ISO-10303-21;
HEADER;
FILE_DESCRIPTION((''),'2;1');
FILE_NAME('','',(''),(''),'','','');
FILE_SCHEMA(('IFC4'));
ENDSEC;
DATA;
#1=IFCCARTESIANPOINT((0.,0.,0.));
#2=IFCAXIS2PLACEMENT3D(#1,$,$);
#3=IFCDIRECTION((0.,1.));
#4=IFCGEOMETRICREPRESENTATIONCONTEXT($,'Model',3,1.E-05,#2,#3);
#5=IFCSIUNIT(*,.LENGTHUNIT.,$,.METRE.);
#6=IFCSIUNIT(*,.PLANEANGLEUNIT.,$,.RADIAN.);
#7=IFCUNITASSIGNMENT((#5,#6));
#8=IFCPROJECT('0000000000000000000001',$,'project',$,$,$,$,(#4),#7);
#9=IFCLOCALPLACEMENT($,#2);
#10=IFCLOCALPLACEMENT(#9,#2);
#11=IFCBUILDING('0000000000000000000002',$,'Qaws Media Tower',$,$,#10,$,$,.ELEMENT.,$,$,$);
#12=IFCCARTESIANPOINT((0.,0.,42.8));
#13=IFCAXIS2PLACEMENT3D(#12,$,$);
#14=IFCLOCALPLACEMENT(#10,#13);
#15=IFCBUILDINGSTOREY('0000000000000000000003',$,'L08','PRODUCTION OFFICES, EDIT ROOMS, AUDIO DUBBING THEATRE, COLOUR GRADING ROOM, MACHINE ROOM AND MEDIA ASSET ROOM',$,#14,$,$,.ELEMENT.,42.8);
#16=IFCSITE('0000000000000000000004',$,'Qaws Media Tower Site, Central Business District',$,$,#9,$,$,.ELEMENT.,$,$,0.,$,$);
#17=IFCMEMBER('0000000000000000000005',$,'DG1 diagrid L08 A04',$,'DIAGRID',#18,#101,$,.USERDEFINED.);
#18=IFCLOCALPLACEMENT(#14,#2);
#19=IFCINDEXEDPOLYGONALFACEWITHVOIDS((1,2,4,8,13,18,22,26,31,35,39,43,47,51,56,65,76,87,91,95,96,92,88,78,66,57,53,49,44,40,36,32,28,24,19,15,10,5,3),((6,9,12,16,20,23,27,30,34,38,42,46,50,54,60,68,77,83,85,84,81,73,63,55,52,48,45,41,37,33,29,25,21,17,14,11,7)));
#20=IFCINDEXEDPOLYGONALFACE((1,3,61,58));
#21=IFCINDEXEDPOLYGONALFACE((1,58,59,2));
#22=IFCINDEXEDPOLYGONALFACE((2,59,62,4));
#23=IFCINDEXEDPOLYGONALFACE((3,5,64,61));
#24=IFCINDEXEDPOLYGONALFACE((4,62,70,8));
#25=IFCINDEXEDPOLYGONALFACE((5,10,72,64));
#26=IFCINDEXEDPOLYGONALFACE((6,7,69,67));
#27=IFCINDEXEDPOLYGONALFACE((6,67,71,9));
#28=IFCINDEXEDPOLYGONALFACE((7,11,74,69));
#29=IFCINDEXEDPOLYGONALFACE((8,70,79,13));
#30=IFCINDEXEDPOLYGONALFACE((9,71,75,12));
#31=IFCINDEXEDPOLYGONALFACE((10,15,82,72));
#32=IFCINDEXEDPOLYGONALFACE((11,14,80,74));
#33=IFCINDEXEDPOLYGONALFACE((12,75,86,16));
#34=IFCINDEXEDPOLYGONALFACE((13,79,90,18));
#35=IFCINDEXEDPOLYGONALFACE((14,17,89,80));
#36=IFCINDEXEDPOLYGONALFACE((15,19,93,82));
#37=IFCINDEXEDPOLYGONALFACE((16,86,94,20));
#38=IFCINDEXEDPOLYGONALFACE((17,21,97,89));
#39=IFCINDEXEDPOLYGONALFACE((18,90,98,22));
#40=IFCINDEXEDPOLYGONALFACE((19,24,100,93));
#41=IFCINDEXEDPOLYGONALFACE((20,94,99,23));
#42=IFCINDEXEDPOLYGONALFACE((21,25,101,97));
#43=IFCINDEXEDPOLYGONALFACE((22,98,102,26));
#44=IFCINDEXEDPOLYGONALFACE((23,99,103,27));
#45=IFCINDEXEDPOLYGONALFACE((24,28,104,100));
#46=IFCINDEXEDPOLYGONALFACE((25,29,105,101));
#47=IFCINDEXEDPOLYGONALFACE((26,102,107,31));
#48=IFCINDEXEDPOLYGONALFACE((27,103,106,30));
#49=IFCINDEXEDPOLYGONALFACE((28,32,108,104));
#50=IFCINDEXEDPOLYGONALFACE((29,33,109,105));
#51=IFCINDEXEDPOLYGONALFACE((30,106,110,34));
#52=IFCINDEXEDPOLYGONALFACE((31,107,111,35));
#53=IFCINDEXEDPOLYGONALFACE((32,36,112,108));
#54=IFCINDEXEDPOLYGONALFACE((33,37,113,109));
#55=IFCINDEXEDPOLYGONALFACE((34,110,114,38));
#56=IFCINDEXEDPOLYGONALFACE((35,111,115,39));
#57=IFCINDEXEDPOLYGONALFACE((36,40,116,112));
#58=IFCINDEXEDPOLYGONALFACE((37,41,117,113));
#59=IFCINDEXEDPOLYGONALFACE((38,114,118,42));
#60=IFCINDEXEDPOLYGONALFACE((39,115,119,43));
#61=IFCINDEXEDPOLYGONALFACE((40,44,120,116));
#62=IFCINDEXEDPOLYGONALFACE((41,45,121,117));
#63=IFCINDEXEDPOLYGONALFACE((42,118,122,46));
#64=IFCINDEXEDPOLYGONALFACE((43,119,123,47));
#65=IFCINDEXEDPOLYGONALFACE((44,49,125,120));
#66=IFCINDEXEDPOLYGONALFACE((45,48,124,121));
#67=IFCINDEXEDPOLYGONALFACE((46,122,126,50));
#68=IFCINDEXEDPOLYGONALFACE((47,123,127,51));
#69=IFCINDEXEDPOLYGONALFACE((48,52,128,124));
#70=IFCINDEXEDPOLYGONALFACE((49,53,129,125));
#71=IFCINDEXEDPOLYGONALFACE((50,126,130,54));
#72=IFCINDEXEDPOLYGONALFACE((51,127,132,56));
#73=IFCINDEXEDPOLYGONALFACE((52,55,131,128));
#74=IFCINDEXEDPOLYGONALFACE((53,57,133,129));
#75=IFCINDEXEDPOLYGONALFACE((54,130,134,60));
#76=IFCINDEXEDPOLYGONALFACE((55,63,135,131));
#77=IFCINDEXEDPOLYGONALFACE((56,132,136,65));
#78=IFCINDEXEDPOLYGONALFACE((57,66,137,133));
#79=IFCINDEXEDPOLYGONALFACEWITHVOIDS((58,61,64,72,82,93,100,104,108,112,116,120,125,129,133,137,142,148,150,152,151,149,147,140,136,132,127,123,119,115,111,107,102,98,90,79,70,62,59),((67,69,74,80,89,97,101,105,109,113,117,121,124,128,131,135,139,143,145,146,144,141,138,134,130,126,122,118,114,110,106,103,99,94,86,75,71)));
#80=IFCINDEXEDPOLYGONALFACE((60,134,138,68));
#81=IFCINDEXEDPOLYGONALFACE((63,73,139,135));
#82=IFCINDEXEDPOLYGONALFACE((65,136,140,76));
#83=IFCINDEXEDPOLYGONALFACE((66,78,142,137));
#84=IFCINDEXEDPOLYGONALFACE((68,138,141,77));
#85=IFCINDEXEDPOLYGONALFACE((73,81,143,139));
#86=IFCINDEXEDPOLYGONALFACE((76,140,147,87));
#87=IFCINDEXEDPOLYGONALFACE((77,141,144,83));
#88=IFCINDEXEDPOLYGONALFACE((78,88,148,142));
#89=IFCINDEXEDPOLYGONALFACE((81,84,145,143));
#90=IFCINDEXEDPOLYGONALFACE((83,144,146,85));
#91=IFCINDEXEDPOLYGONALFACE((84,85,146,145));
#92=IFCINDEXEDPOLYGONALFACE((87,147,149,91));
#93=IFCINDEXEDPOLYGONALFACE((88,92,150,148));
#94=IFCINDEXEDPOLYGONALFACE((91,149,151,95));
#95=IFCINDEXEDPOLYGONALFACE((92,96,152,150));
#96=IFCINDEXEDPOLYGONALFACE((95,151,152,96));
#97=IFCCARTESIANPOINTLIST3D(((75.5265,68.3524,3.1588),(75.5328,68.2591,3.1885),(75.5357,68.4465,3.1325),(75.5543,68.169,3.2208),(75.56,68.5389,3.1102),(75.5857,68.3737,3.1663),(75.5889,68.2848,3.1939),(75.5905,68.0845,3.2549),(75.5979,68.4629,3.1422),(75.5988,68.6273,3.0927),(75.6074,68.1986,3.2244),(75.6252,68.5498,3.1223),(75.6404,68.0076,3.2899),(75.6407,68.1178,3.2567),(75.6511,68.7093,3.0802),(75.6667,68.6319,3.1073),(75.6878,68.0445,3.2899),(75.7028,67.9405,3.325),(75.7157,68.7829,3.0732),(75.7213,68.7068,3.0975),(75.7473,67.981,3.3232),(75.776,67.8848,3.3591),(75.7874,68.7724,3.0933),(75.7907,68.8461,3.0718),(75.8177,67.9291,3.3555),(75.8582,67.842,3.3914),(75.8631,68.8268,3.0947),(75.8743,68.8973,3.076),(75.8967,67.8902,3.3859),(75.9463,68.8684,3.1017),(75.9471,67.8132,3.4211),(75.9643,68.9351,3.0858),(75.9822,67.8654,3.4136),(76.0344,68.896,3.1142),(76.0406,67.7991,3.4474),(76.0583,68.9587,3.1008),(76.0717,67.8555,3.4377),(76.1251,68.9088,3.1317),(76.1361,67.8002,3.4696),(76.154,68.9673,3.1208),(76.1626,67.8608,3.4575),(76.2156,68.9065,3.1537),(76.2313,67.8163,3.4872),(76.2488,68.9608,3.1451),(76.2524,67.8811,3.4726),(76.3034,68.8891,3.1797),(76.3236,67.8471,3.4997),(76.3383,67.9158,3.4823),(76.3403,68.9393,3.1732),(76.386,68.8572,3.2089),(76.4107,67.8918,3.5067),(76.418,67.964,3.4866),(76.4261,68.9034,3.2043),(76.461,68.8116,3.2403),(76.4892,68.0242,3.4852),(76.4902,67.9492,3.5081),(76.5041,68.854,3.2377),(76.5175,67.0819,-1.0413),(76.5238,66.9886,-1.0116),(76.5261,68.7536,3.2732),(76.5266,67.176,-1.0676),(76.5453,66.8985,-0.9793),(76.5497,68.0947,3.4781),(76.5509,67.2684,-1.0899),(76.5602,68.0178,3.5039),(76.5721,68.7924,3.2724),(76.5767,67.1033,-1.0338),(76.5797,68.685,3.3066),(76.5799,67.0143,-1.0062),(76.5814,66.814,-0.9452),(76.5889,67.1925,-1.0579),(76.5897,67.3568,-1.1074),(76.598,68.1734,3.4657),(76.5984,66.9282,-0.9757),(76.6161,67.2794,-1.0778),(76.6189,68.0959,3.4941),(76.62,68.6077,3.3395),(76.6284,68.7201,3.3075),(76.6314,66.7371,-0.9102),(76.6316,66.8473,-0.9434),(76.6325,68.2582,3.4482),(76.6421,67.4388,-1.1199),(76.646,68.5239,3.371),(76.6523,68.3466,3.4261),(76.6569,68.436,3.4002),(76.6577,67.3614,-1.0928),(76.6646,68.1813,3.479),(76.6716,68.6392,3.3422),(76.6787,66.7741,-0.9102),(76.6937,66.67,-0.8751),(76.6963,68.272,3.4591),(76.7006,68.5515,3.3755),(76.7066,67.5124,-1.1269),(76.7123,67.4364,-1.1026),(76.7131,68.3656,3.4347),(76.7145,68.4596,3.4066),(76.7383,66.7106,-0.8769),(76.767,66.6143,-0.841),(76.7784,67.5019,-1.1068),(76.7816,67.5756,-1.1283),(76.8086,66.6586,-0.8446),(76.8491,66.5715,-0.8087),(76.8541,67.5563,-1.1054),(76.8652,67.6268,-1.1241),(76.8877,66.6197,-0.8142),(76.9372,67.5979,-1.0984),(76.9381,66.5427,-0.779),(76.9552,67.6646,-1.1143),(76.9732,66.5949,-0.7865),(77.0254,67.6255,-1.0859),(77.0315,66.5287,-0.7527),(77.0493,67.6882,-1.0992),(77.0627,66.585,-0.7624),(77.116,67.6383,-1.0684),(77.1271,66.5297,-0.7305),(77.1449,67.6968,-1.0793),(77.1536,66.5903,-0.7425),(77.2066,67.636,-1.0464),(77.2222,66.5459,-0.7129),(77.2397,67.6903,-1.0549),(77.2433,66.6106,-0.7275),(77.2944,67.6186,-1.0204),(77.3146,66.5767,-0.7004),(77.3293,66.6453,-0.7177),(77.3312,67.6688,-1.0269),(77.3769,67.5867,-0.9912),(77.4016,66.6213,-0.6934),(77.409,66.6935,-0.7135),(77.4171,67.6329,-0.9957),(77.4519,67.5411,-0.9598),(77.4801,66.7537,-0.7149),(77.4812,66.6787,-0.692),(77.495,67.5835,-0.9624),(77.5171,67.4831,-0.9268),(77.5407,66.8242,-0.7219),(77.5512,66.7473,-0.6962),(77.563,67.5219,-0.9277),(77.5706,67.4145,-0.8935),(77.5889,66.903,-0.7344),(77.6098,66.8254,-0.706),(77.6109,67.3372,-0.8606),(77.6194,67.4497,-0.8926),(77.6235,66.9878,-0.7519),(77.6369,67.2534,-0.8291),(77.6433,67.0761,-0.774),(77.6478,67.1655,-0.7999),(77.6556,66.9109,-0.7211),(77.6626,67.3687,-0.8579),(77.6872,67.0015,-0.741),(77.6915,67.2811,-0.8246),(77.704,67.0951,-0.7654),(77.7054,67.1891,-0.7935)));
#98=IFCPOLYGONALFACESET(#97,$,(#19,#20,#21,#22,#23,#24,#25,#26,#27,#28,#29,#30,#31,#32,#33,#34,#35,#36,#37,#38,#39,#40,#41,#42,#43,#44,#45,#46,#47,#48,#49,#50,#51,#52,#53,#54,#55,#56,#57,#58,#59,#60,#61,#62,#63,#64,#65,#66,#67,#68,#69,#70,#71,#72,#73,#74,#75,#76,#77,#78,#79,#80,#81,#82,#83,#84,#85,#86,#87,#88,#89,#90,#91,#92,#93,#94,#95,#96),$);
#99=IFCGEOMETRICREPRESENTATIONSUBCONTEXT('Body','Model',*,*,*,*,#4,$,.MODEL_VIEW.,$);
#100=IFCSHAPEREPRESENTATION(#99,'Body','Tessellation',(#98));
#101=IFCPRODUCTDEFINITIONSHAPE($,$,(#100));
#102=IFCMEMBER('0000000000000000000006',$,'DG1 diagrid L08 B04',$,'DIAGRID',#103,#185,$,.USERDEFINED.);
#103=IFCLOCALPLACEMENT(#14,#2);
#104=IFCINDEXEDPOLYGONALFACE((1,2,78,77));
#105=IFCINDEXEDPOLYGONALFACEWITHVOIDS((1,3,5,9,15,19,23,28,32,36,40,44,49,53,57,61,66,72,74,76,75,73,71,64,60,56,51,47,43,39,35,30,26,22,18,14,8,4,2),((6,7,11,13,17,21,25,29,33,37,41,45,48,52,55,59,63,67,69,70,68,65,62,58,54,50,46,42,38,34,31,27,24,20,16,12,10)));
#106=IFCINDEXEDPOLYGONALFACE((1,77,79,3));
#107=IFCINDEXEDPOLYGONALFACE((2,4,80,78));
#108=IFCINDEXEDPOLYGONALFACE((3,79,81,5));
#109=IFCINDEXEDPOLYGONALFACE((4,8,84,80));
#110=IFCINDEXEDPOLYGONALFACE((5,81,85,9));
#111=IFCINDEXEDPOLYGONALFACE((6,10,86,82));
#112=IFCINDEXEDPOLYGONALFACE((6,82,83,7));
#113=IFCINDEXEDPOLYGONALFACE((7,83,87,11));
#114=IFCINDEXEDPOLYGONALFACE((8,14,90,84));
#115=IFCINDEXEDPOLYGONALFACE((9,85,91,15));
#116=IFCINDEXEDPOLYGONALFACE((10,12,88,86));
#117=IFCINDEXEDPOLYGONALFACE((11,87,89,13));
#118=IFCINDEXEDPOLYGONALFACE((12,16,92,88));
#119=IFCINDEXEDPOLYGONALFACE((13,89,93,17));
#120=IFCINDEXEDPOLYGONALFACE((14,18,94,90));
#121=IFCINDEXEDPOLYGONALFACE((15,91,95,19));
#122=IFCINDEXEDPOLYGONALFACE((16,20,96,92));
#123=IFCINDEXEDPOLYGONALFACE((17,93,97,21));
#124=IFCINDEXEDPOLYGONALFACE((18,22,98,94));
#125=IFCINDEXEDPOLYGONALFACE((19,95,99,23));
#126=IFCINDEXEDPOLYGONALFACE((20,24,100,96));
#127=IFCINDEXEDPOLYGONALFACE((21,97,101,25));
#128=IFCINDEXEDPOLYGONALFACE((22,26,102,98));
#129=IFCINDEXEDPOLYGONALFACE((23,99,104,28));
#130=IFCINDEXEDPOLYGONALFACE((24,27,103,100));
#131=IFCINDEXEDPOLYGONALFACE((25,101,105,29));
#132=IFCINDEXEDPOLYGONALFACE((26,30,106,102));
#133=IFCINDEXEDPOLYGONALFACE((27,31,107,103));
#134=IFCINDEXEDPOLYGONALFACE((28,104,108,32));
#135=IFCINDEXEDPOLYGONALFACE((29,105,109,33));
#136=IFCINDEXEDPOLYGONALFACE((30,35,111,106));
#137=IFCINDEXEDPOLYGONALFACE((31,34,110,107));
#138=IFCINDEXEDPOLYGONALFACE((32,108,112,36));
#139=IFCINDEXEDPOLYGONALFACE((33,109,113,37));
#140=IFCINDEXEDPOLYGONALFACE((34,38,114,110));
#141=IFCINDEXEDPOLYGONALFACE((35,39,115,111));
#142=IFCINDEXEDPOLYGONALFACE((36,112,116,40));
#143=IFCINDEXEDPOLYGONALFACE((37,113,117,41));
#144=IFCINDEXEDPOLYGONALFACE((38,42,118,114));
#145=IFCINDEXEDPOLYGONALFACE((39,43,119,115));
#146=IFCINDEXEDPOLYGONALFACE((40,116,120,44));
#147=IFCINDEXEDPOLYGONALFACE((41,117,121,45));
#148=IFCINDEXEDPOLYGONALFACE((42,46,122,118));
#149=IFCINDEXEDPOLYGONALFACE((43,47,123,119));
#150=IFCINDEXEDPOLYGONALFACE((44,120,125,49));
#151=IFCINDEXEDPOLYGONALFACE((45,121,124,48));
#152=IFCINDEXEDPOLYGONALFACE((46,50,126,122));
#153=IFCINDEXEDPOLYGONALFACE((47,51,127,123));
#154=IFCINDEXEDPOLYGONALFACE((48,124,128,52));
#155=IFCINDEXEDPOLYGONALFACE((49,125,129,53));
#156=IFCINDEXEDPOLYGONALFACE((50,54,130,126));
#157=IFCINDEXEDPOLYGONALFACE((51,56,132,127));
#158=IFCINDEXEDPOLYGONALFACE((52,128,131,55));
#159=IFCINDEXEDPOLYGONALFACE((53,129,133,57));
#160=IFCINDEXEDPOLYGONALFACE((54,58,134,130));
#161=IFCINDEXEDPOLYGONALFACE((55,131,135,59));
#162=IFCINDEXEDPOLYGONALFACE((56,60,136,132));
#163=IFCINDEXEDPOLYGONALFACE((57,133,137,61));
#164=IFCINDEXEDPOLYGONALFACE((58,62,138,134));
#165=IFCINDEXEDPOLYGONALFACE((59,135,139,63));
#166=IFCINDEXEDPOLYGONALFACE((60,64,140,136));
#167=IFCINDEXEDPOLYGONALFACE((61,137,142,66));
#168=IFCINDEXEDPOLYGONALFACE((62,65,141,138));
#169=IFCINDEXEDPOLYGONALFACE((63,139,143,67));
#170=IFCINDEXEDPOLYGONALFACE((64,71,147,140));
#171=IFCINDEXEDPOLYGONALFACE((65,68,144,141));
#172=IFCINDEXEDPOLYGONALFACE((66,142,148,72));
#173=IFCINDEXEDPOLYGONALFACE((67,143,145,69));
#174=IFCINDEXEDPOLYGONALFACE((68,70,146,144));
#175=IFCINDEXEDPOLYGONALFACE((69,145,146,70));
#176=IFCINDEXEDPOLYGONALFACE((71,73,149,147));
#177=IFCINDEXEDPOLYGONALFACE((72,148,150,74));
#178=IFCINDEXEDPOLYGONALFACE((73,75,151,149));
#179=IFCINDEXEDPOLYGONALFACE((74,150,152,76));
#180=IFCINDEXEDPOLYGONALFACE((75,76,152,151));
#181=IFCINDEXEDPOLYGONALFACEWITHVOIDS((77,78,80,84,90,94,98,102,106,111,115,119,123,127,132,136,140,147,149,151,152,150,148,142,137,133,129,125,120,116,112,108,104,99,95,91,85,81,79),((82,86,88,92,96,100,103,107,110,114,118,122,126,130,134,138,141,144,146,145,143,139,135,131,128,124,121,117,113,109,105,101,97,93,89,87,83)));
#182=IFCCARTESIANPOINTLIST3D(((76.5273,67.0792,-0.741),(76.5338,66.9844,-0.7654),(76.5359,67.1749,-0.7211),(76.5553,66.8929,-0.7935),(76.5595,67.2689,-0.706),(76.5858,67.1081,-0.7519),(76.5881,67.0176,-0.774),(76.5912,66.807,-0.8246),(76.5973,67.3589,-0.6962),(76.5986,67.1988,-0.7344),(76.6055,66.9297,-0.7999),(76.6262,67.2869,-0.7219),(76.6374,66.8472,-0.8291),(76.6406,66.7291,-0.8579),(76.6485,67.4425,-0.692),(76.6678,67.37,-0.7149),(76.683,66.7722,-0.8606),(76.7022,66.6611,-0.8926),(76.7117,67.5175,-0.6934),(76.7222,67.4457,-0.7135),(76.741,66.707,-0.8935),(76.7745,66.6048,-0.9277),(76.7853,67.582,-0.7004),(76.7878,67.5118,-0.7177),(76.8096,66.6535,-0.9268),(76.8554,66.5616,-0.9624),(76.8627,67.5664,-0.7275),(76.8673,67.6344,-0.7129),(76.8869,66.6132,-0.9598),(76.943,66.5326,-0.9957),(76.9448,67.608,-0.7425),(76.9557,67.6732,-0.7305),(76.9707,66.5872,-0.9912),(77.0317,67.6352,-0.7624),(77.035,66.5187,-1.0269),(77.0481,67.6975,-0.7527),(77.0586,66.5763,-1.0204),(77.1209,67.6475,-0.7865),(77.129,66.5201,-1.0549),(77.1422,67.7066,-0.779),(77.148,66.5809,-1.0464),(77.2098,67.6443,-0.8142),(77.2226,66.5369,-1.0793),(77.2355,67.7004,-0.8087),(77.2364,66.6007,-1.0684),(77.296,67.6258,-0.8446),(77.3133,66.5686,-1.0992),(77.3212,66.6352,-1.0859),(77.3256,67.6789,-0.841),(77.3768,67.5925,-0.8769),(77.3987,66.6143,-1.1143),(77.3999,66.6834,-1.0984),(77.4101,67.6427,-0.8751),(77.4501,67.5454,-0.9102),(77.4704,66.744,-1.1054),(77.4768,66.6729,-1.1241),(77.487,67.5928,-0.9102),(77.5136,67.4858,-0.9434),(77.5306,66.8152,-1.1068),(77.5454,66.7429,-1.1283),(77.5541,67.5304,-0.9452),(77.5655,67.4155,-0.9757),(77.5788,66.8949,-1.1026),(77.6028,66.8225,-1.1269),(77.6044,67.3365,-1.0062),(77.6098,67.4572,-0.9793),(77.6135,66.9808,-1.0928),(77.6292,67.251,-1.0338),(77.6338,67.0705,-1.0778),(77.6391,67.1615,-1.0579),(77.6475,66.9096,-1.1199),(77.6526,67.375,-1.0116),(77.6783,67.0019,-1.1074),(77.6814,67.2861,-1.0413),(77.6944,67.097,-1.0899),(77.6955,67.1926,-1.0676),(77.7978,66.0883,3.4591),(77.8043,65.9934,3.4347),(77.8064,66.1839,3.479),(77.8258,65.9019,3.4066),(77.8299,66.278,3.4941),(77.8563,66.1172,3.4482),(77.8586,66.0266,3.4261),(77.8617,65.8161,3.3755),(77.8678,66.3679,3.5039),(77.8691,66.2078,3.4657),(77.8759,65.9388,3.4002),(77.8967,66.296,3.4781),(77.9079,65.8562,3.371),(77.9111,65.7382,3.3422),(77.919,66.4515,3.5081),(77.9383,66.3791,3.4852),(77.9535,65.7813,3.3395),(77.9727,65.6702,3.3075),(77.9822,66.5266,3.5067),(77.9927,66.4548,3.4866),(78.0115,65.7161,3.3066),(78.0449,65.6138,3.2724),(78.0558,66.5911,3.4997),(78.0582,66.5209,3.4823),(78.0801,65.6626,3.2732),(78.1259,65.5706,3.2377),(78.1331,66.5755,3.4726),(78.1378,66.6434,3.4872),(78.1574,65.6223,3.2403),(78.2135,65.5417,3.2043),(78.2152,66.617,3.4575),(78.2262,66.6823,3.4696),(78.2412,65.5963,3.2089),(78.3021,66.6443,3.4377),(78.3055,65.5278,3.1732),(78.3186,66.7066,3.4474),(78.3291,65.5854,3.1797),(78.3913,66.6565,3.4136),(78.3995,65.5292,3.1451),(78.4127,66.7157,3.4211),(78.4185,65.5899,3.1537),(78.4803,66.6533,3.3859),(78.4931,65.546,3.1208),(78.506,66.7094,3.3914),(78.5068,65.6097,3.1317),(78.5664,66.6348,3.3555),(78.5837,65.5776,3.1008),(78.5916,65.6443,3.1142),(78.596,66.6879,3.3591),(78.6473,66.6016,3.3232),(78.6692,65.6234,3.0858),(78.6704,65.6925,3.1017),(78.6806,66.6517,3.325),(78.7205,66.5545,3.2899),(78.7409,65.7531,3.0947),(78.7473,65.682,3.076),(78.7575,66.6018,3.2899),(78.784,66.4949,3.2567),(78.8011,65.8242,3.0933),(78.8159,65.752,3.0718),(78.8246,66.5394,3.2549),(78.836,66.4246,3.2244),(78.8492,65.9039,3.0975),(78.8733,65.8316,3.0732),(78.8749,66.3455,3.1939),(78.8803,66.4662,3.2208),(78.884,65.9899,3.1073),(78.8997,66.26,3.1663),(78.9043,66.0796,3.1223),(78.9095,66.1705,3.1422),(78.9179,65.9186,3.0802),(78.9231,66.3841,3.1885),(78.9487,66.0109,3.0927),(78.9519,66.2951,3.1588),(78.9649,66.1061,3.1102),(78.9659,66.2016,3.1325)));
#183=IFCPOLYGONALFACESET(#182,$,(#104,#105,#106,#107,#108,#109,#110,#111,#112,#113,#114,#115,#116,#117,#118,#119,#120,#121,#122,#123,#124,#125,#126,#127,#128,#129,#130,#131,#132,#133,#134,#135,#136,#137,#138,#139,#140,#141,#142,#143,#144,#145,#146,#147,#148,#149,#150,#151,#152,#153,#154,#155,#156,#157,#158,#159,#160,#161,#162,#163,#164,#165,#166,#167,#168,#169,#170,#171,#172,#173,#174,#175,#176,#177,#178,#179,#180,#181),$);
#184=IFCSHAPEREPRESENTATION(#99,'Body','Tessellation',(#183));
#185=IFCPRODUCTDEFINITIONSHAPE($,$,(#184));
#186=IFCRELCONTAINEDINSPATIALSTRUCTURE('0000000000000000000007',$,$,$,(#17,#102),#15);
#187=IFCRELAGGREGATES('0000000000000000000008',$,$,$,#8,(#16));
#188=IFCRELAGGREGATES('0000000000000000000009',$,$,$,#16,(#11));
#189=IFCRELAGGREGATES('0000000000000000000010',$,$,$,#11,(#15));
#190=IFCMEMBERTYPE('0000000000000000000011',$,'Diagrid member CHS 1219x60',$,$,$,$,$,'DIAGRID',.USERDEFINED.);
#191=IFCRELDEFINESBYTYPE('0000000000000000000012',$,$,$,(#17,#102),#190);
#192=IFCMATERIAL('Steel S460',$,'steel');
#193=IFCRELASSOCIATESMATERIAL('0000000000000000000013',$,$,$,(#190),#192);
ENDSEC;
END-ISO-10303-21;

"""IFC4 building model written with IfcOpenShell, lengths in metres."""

from ifc_helpers import new_model, si_unit, direction, frame, origin, origin_2d, place, context, subcontext, project, spatial, hollow_circle, extrude, material, material_profile, profile_set, type_object, element, save


model = new_model("IFC4")

# Units and contexts
model_context = context("Model", 3, precision=1e-05, world=origin(), true_north=direction((0.0, 1.0)))
body_context = subcontext(model_context, "Body", "Model", "MODEL_VIEW")
ifc_project = project(units=[si_unit("LENGTHUNIT", "METRE"), si_unit("PLANEANGLEUNIT", "RADIAN")], contexts=[model_context])

# Site, building, storey
site_placement = place(None, origin())
site = spatial("IfcSite", under=ifc_project, at=site_placement, Name="Qaws Media Tower Site, Central Business District", CompositionType="ELEMENT", RefElevation=0.0)
building_placement = place(site_placement, origin())
building = spatial("IfcBuilding", under=site, at=building_placement, Name="Qaws Media Tower", CompositionType="ELEMENT")
storey_placement = place(building_placement, frame((0.0, 0.0, 42.8)))
storey = spatial("IfcBuildingStorey", under=building, at=storey_placement, Name="L08", Description="PRODUCTION OFFICES, EDIT ROOMS, AUDIO DUBBING THEATRE, COLOUR GRADING ROOM, MACHINE ROOM AND MEDIA ASSET ROOM", CompositionType="ELEMENT", Elevation=42.8)

# Members
ifc_material_1 = material(Name="Steel S460", Category="steel")
ifc_material_profile_1 = material_profile(ifc_material_1, hollow_circle(Radius=0.6096, WallThickness=0.0601, at=origin_2d()), Name="CHS 1219x60")
ifc_profile_set_1 = profile_set([ifc_material_profile_1], Name="Steel S460")
member_type_1 = type_object("IfcMemberType", Name="Diagrid member CHS 1219x60", ElementType="DIAGRID", PredefinedType="USERDEFINED", material=ifc_profile_set_1)
for number, where, z_axis, x_axis, name in (
    (1, (77.1121, 67.1121, -0.9102), (-0.220281, 0.28242, 0.933657), (-0.788511, -0.61502, 0.0), "DG1 diagrid L08 A04"),
    (2, (77.1121, 67.1121, -0.9102), (0.28242, -0.220281, 0.933657), (0.61502, 0.788511, 0.0), "DG1 diagrid L08 B04"),
):
    element("IfcMember", number, at=place(storey_placement, frame(where, z_axis=z_axis, x_axis=x_axis)), inside=storey, type_object=member_type_1, Name=name, ObjectType="DIAGRID", PredefinedType="USERDEFINED", context=body_context, shape_type="SweptSolid", body=[
        extrude(hollow_circle(Radius=0.6096, WallThickness=0.0601, at=origin_2d()), origin(), (0.0, 0.0, 1.0), 4.4985),
    ])

save(model, "model.ifc")
